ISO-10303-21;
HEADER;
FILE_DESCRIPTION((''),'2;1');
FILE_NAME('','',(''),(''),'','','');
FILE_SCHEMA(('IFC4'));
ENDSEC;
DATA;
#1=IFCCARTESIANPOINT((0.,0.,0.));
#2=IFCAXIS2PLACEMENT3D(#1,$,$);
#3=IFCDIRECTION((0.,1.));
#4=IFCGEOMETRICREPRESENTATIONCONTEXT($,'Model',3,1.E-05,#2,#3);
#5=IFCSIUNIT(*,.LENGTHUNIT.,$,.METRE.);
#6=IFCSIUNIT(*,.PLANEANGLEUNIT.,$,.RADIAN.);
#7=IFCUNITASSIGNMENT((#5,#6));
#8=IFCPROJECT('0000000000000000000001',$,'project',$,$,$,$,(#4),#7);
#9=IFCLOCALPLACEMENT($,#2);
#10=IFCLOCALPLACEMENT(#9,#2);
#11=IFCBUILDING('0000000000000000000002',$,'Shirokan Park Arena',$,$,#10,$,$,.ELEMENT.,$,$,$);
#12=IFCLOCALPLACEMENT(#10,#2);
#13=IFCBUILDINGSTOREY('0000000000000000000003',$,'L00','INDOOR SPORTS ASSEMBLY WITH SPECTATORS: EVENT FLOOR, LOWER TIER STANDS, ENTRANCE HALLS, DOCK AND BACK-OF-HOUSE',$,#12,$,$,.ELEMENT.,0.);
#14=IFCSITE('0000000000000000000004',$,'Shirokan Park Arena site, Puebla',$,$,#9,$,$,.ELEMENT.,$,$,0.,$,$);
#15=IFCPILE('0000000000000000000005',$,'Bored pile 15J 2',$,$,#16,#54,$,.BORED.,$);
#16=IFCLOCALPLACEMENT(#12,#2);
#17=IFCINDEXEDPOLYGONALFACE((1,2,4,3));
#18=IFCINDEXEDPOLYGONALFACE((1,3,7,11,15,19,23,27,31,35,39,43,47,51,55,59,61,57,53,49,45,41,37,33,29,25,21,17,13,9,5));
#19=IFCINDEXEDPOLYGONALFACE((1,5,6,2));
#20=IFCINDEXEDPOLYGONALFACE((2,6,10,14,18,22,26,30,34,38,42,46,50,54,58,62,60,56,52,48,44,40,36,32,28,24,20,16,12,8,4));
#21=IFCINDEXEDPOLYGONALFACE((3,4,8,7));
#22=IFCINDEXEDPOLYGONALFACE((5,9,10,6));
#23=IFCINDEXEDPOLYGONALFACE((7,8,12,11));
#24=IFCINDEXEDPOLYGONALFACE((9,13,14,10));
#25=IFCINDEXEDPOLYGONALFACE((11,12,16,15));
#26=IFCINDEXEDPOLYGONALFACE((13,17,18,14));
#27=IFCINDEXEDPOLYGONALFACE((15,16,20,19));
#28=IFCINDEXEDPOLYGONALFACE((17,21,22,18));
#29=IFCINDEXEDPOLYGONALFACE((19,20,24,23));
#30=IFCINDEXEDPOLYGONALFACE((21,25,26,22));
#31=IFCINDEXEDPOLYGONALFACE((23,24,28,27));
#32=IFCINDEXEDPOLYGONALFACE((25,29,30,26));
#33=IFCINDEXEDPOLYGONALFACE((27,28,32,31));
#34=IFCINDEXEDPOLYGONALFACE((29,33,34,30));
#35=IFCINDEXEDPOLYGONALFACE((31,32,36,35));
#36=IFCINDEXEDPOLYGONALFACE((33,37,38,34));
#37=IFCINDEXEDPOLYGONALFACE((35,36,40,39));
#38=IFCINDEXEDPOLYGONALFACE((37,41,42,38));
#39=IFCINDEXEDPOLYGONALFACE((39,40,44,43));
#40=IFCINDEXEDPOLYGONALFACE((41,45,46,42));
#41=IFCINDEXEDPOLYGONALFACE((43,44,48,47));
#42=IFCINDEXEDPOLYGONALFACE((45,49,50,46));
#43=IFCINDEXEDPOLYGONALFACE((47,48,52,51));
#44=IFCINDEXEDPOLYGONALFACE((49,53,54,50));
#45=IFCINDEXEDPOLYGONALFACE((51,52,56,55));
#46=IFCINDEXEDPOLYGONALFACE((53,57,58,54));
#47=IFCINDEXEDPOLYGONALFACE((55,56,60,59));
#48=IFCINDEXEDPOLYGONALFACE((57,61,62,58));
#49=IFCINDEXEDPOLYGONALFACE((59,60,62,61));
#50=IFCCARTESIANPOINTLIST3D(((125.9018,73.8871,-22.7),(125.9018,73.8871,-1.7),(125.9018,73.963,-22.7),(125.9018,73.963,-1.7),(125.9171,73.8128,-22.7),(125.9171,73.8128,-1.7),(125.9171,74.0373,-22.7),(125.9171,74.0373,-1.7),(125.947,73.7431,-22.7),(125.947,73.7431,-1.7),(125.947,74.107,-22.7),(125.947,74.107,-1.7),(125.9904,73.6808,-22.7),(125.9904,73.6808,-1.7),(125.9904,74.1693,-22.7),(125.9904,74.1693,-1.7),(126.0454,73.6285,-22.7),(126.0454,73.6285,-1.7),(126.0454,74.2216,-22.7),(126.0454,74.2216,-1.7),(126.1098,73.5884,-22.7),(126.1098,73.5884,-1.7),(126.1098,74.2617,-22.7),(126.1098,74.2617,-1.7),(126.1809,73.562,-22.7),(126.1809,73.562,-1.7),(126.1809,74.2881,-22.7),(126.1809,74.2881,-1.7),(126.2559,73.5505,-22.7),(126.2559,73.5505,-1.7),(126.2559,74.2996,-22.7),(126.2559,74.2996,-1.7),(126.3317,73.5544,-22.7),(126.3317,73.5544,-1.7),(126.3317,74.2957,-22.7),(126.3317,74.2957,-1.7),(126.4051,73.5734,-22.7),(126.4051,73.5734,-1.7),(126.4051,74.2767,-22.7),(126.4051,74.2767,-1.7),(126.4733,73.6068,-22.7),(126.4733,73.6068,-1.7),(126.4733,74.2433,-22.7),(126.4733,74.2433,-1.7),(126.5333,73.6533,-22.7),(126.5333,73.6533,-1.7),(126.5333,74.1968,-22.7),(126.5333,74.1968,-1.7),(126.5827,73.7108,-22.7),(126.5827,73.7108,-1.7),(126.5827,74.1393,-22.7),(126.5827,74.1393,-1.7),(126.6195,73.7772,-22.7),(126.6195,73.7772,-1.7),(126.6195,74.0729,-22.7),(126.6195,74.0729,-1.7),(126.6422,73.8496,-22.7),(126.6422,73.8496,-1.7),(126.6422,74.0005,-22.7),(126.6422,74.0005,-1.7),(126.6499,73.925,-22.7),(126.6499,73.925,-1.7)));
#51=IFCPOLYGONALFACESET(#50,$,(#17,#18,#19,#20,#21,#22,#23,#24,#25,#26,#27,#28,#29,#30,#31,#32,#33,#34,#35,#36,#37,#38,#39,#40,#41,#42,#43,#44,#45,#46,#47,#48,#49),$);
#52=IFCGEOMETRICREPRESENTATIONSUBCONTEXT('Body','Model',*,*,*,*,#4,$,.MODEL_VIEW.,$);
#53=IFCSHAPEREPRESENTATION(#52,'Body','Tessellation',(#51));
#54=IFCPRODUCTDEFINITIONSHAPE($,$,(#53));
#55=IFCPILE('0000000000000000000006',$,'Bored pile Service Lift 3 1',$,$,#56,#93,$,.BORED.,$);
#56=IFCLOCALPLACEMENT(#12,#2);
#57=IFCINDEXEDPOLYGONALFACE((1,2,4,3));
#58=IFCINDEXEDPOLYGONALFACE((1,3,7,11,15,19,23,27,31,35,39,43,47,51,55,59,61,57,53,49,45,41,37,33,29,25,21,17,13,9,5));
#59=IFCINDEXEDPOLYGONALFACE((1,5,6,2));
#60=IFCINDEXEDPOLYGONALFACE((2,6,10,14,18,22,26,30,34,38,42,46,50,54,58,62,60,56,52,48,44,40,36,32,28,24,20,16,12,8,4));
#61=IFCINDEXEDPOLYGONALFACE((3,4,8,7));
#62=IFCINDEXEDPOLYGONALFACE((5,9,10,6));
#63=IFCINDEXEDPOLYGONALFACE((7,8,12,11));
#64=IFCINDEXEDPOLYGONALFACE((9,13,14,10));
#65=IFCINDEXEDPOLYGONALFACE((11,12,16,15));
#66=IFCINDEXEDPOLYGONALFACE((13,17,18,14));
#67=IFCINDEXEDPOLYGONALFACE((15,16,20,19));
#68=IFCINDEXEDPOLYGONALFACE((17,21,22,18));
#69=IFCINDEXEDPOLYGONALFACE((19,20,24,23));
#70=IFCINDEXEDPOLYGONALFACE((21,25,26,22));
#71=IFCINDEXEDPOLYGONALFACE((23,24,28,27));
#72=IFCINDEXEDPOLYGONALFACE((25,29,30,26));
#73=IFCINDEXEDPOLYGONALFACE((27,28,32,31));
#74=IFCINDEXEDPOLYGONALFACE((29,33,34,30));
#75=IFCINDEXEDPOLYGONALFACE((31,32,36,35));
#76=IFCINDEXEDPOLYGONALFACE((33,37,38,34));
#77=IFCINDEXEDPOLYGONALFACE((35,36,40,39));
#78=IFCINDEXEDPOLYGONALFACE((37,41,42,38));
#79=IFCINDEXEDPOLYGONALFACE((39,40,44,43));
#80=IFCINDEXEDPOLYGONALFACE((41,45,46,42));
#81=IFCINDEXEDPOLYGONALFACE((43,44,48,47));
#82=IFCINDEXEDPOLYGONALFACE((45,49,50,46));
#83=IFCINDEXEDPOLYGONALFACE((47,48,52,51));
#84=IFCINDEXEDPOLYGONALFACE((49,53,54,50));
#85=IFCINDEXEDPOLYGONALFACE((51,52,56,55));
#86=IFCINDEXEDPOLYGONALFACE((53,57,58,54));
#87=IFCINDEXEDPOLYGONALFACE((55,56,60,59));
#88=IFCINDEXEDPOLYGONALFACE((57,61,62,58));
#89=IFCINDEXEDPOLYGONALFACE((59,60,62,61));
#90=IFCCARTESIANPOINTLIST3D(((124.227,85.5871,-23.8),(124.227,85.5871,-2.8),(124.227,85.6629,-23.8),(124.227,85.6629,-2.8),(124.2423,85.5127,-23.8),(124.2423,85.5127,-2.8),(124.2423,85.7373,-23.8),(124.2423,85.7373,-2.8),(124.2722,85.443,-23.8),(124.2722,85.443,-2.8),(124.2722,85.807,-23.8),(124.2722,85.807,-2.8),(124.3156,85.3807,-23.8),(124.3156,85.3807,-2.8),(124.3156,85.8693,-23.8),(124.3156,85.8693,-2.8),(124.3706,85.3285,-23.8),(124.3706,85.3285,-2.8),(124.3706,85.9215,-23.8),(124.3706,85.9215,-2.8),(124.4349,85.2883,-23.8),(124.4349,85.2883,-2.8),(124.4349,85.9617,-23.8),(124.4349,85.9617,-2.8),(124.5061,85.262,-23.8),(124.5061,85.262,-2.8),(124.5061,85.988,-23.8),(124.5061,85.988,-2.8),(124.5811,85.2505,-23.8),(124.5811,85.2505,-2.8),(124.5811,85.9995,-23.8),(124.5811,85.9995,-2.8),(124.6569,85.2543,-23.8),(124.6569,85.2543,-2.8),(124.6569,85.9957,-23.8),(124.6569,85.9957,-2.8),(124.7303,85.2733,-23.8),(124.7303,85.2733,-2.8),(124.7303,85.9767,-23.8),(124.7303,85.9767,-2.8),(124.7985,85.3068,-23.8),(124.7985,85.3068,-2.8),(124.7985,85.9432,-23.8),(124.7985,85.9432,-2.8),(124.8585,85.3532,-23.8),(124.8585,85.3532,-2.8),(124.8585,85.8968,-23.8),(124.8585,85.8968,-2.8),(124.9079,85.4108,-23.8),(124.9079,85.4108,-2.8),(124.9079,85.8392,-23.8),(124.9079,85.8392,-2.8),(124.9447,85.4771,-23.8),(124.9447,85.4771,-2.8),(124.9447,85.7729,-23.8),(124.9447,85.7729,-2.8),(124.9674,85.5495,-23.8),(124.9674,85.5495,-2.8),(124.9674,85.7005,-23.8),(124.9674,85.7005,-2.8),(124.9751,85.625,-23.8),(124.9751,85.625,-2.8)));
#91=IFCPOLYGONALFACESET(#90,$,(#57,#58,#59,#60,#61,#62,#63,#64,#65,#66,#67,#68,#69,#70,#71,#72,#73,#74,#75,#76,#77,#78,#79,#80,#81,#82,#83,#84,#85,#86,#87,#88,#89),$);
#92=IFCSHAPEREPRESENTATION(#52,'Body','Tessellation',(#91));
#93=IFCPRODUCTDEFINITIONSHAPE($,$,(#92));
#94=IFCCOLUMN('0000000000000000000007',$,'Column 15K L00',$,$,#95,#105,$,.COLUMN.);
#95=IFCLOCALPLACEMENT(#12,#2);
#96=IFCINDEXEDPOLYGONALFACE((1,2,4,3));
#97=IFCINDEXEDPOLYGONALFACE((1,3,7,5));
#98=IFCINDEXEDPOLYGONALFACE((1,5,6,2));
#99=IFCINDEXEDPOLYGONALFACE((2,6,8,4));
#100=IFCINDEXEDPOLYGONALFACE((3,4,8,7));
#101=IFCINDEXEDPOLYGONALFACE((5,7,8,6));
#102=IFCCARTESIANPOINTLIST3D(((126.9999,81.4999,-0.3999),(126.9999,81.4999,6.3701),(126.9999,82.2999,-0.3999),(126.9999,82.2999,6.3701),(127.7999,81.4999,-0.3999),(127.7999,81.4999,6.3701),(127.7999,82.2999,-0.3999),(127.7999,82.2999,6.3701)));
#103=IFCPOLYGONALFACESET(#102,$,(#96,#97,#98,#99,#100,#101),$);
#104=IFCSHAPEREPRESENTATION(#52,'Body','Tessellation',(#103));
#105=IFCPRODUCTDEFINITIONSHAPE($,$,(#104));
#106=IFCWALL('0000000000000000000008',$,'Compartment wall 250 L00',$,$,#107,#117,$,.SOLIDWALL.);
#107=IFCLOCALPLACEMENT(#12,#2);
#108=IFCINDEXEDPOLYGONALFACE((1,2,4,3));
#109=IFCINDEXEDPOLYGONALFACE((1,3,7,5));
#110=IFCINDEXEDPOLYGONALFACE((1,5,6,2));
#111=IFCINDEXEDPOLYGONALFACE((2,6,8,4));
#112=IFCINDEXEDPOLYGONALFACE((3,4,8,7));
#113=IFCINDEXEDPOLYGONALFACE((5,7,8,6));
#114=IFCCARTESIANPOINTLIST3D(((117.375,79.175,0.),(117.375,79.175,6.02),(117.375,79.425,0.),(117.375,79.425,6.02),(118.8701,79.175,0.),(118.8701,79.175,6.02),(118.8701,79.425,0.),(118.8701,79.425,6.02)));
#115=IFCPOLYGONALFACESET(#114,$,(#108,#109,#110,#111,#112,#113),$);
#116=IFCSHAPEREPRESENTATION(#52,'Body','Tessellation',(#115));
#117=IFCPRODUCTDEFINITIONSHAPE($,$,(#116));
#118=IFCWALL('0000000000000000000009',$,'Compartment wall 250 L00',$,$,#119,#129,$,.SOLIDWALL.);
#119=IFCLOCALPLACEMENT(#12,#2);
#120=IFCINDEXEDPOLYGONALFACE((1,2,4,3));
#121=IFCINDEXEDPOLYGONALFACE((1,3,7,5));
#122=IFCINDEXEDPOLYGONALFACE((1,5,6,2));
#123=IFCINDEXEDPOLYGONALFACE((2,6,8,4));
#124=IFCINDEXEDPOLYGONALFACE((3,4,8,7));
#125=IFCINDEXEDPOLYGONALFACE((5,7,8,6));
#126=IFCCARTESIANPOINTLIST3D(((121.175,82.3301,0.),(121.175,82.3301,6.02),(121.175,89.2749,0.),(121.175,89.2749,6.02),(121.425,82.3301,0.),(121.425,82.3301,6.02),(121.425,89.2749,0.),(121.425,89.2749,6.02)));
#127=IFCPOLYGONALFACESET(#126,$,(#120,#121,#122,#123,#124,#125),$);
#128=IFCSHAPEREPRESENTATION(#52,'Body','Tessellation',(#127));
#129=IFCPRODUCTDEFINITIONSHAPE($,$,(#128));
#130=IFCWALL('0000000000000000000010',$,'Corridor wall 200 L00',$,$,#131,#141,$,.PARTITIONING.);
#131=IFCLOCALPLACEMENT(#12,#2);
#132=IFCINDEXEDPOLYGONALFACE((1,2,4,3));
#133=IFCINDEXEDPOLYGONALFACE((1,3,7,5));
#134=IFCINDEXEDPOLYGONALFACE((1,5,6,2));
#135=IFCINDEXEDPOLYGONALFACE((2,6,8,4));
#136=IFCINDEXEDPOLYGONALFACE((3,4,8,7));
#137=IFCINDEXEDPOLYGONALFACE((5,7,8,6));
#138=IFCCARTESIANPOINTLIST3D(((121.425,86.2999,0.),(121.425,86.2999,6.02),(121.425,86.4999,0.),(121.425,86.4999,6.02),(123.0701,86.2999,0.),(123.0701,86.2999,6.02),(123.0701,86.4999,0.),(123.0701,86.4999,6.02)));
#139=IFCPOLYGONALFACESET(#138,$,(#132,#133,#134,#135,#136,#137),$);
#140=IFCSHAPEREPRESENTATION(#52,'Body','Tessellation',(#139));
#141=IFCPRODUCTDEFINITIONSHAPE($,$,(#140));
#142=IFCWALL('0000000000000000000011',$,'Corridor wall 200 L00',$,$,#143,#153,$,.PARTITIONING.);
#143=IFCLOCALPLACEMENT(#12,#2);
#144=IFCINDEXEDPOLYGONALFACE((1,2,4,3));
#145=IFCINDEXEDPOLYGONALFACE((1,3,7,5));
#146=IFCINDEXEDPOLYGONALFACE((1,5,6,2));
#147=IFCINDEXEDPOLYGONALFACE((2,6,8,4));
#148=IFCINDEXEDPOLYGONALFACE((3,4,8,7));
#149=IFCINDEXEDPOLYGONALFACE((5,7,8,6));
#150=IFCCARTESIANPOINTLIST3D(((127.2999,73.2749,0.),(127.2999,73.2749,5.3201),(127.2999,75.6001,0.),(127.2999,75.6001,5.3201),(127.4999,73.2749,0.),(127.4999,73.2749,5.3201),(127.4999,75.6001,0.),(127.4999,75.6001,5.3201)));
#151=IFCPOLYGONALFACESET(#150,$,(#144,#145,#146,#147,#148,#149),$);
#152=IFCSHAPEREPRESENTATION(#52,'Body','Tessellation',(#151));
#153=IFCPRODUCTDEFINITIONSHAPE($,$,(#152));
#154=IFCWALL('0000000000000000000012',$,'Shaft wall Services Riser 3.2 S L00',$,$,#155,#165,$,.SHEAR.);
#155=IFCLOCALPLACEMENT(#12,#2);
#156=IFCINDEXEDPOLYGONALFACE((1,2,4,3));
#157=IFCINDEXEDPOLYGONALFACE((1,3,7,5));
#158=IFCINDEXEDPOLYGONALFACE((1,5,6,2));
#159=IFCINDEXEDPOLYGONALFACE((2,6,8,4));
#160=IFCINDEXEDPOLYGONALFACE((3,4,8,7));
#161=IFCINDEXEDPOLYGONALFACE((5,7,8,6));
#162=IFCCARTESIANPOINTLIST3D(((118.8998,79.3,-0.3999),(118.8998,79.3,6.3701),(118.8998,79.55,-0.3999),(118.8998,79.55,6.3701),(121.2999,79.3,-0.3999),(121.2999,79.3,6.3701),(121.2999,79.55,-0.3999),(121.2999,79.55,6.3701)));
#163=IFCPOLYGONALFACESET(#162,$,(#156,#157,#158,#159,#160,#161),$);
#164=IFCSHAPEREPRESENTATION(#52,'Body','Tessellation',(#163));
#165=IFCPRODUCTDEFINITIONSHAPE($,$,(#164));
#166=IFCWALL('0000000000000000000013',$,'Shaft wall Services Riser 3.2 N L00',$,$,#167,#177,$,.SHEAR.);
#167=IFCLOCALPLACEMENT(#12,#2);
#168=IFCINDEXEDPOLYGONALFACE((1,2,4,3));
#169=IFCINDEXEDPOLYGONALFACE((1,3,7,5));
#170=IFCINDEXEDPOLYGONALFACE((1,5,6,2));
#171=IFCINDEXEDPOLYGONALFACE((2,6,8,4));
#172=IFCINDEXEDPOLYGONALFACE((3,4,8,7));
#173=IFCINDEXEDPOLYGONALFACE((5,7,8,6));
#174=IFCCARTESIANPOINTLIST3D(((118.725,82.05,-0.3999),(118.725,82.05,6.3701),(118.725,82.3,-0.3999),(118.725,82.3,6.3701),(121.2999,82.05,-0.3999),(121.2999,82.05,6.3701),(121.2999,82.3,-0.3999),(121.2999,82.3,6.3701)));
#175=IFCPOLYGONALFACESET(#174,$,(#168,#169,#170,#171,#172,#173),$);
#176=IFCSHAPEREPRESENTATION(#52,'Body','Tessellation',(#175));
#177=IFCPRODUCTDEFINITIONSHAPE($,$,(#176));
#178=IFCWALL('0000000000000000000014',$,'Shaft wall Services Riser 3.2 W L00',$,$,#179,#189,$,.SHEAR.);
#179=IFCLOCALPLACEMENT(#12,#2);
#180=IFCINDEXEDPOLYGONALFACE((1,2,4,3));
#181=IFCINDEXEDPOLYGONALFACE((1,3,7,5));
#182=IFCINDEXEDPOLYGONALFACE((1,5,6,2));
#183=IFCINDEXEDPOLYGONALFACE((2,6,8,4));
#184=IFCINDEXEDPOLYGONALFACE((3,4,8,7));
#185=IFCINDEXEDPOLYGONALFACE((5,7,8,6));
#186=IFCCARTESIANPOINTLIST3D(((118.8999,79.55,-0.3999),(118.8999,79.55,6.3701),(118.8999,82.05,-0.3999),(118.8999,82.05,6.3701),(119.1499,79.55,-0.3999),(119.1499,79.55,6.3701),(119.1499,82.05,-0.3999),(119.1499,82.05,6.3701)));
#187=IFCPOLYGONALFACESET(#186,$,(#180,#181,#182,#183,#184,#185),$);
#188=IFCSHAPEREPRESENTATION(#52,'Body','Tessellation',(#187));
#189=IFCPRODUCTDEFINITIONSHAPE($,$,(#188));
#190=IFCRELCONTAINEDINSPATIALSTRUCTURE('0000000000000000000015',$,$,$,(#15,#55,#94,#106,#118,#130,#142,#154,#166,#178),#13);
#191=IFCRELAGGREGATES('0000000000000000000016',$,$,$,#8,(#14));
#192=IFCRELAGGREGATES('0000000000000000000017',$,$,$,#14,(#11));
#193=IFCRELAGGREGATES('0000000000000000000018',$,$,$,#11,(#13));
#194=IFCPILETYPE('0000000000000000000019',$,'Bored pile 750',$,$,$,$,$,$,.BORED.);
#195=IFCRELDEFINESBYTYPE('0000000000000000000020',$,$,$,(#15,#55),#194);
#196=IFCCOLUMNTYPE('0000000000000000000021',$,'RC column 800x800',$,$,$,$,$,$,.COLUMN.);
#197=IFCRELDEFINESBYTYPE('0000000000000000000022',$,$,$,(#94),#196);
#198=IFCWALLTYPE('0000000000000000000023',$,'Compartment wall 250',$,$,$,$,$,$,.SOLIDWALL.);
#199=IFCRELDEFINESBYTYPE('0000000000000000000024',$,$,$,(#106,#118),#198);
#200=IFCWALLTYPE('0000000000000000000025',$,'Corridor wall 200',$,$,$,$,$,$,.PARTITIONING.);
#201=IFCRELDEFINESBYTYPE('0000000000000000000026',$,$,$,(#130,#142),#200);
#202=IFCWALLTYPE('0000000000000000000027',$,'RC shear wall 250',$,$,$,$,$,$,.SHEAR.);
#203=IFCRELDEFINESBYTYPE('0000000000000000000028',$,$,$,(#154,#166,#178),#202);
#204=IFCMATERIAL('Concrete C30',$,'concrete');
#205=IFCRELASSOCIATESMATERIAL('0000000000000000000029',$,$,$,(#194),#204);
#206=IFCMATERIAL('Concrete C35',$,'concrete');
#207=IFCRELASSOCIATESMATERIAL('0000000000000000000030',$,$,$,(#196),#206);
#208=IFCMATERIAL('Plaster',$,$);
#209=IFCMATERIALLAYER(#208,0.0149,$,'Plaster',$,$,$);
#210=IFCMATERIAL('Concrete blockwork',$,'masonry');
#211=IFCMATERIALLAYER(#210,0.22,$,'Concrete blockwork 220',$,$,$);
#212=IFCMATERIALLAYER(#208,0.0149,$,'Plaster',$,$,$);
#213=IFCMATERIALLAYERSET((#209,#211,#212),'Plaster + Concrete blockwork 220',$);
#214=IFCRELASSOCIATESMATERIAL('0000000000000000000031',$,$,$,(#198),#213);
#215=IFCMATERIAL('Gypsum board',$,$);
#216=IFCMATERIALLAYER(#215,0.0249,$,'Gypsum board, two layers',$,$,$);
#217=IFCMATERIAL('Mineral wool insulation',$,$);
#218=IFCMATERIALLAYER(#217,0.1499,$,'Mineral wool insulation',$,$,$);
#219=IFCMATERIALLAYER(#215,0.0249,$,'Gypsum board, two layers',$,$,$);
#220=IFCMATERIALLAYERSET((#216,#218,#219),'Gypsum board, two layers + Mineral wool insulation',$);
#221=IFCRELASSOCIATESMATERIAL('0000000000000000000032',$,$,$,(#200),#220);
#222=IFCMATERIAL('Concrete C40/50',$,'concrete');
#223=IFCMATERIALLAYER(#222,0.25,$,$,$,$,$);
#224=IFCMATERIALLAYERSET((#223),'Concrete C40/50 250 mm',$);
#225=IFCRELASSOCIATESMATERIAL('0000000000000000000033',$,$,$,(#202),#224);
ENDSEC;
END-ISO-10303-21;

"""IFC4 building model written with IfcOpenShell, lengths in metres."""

from ifc_helpers import new_model, si_unit, direction, frame, frame_2d, origin, origin_2d, place, context, subcontext, project, spatial, rectangle, circle, extrude, material, layer, layer_set, material_profile, profile_set, type_object, element, save


model = new_model("IFC4")

# Units and contexts
model_context = context("Model", 3, precision=1e-05, world=origin(), true_north=direction((0.0, 1.0)))
body_context = subcontext(model_context, "Body", "Model", "MODEL_VIEW")
ifc_project = project(units=[si_unit("LENGTHUNIT", "METRE"), si_unit("PLANEANGLEUNIT", "RADIAN")], contexts=[model_context])

# Site, building, storey
site_placement = place(None, origin())
site = spatial("IfcSite", under=ifc_project, at=site_placement, Name="Shirokan Park Arena site, Puebla", CompositionType="ELEMENT", RefElevation=0.0)
building_placement = place(site_placement, origin())
building = spatial("IfcBuilding", under=site, at=building_placement, Name="Shirokan Park Arena", CompositionType="ELEMENT")
storey_placement = place(building_placement, origin())
storey = spatial("IfcBuildingStorey", under=building, at=storey_placement, Name="L00", Description="INDOOR SPORTS ASSEMBLY WITH SPECTATORS: EVENT FLOOR, LOWER TIER STANDS, ENTRANCE HALLS, DOCK AND BACK-OF-HOUSE", CompositionType="ELEMENT", Elevation=0.0)

# Piles
ifc_material_1 = material(Name="Concrete C30", Category="concrete")
ifc_material_profile_1 = material_profile(ifc_material_1, circle(Radius=0.375, at=origin_2d()), Name="D750")
ifc_profile_set_1 = profile_set([ifc_material_profile_1], Name="Concrete C30")
pile_type_1 = type_object("IfcPileType", Name="Bored pile 750", PredefinedType="BORED", material=ifc_profile_set_1)
for number, where, z_axis, x_axis, name in (
    (1, (126.2749, 73.925, -1.7), (0.0, 0.0, -1.0), (1.0, 0.0, 0.0), "Bored pile 15J 2"),
    (2, (124.6001, 85.625, -2.8), (0.0, 0.0, -1.0), (1.0, 0.0, 0.0), "Bored pile Service Lift 3 1"),
):
    element("IfcPile", number, at=place(storey_placement, frame(where, z_axis=z_axis, x_axis=x_axis)), inside=storey, type_object=pile_type_1, Name=name, PredefinedType="BORED", context=body_context, shape_type="SweptSolid", body=[
        extrude(circle(Radius=0.375, at=origin_2d()), origin(), (0.0, 0.0, 1.0), 21.0),
    ])

# Column
ifc_material_2 = material(Name="Concrete C35", Category="concrete")
ifc_material_profile_2 = material_profile(ifc_material_2, rectangle(XDim=0.8, YDim=0.8, at=origin_2d()), Name="800x800")
ifc_profile_set_2 = profile_set([ifc_material_profile_2], Name="Concrete C35")
column_type = type_object("IfcColumnType", Name="RC column 800x800", PredefinedType="COLUMN", material=ifc_profile_set_2)
column_placement = place(storey_placement, frame((127.3999, 81.8999, -0.3999), z_axis=(0.0, 0.0, 1.0), x_axis=(1.0, 0.0, 0.0)))
element("IfcColumn", 3, at=column_placement, inside=storey, type_object=column_type, Name="Column 15K L00", PredefinedType="COLUMN", context=body_context, shape_type="SweptSolid", body=[
    extrude(rectangle(XDim=0.8, YDim=0.8, at=origin_2d()), origin(), (0.0, 0.0, 1.0), 6.77),
])

# Walls
ifc_material_3 = material(Name="Plaster")
ifc_layer_1 = layer(ifc_material_3, 0.0149, Name="Plaster")
ifc_material_4 = material(Name="Concrete blockwork", Category="masonry")
ifc_layer_2 = layer(ifc_material_4, 0.22, Name="Concrete blockwork 220")
ifc_layer_3 = layer(ifc_material_3, 0.0149, Name="Plaster")
ifc_layer_set_1 = layer_set([ifc_layer_1, ifc_layer_2, ifc_layer_3], Name="Plaster + Concrete blockwork 220")
wall_type_1 = type_object("IfcWallType", Name="Compartment wall 250", PredefinedType="SOLIDWALL", material=ifc_layer_set_1)
wall_1_placement = place(storey_placement, frame((118.8701, 79.3, 0.0), z_axis=(0.0, 0.0, 1.0), x_axis=(-1.0, 0.0, 0.0)))
element("IfcWall", 4, at=wall_1_placement, inside=storey, type_object=wall_type_1, Name="Compartment wall 250 L00", PredefinedType="SOLIDWALL", context=body_context, shape_type="SweptSolid", body=[
    extrude(rectangle(XDim=1.4951, YDim=0.25, at=frame_2d((0.7476, 0.0))), origin(), (0.0, 0.0, 1.0), 6.02),
])
wall_2_placement = place(storey_placement, frame((121.3, 82.3301, 0.0), z_axis=(0.0, 0.0, 1.0), x_axis=(0.0, 1.0, 0.0)))
element("IfcWall", 5, at=wall_2_placement, inside=storey, type_object=wall_type_1, Name="Compartment wall 250 L00", PredefinedType="SOLIDWALL", context=body_context, shape_type="SweptSolid", body=[
    extrude(rectangle(XDim=6.9448, YDim=0.25, at=frame_2d((3.4724, 0.0))), origin(), (0.0, 0.0, 1.0), 6.02),
])
ifc_material_5 = material(Name="Gypsum board")
ifc_layer_4 = layer(ifc_material_5, 0.0249, Name="Gypsum board, two layers")
ifc_material_6 = material(Name="Mineral wool insulation")
ifc_layer_5 = layer(ifc_material_6, 0.1499, Name="Mineral wool insulation")
ifc_layer_6 = layer(ifc_material_5, 0.0249, Name="Gypsum board, two layers")
ifc_layer_set_2 = layer_set([ifc_layer_4, ifc_layer_5, ifc_layer_6], Name="Gypsum board, two layers + Mineral wool insulation")
wall_type_2 = type_object("IfcWallType", Name="Corridor wall 200", PredefinedType="PARTITIONING", material=ifc_layer_set_2)
wall_3_placement = place(storey_placement, frame((123.0701, 86.3999, 0.0), z_axis=(0.0, 0.0, 1.0), x_axis=(-1.0, 0.0, 0.0)))
element("IfcWall", 6, at=wall_3_placement, inside=storey, type_object=wall_type_2, Name="Corridor wall 200 L00", PredefinedType="PARTITIONING", context=body_context, shape_type="SweptSolid", body=[
    extrude(rectangle(XDim=1.645, YDim=0.2, at=frame_2d((0.8225, 0.0))), origin(), (0.0, 0.0, 1.0), 6.02),
])
wall_4_placement = place(storey_placement, frame((127.3999, 75.6001, 0.0), z_axis=(0.0, 0.0, 1.0), x_axis=(0.0, -1.0, 0.0)))
element("IfcWall", 7, at=wall_4_placement, inside=storey, type_object=wall_type_2, Name="Corridor wall 200 L00", PredefinedType="PARTITIONING", context=body_context, shape_type="SweptSolid", body=[
    extrude(rectangle(XDim=2.3252, YDim=0.2, at=frame_2d((1.1626, 0.0))), origin(), (0.0, 0.0, 1.0), 5.3201),
])
ifc_material_7 = material(Name="Concrete C40/50", Category="concrete")
ifc_layer_7 = layer(ifc_material_7, 0.25)
ifc_layer_set_3 = layer_set([ifc_layer_7], Name="Concrete C40/50 250 mm")
wall_type_3 = type_object("IfcWallType", Name="RC shear wall 250", PredefinedType="SHEAR", material=ifc_layer_set_3)
wall_5_placement = place(storey_placement, frame((121.3, 79.425, -0.3999), z_axis=(0.0, 0.0, 1.0), x_axis=(-1.0, 0.0, 0.0)))
element("IfcWall", 8, at=wall_5_placement, inside=storey, type_object=wall_type_3, Name="Shaft wall Services Riser 3.2 S L00", PredefinedType="SHEAR", context=body_context, shape_type="SweptSolid", body=[
    extrude(rectangle(XDim=2.4001, YDim=0.25, at=frame_2d((1.2002, 0.0))), origin(), (0.0, 0.0, 1.0), 6.77),
])
wall_6_placement = place(storey_placement, frame((121.3, 82.175, -0.3999), z_axis=(0.0, 0.0, 1.0), x_axis=(-1.0, 0.0, 0.0)))
element("IfcWall", 9, at=wall_6_placement, inside=storey, type_object=wall_type_3, Name="Shaft wall Services Riser 3.2 N L00", PredefinedType="SHEAR", context=body_context, shape_type="SweptSolid", body=[
    extrude(rectangle(XDim=2.575, YDim=0.25, at=frame_2d((1.2876, 0.0))), origin(), (0.0, 0.0, 1.0), 6.77),
])
wall_7_placement = place(storey_placement, frame((119.0249, 82.05, -0.3999), z_axis=(0.0, 0.0, 1.0), x_axis=(0.0, -1.0, 0.0)))
element("IfcWall", 10, at=wall_7_placement, inside=storey, type_object=wall_type_3, Name="Shaft wall Services Riser 3.2 W L00", PredefinedType="SHEAR", context=body_context, shape_type="SweptSolid", body=[
    extrude(rectangle(XDim=2.5, YDim=0.25, at=frame_2d((1.25, 0.0))), origin(), (0.0, 0.0, 1.0), 6.77),
])

save(model, "model.ifc")
